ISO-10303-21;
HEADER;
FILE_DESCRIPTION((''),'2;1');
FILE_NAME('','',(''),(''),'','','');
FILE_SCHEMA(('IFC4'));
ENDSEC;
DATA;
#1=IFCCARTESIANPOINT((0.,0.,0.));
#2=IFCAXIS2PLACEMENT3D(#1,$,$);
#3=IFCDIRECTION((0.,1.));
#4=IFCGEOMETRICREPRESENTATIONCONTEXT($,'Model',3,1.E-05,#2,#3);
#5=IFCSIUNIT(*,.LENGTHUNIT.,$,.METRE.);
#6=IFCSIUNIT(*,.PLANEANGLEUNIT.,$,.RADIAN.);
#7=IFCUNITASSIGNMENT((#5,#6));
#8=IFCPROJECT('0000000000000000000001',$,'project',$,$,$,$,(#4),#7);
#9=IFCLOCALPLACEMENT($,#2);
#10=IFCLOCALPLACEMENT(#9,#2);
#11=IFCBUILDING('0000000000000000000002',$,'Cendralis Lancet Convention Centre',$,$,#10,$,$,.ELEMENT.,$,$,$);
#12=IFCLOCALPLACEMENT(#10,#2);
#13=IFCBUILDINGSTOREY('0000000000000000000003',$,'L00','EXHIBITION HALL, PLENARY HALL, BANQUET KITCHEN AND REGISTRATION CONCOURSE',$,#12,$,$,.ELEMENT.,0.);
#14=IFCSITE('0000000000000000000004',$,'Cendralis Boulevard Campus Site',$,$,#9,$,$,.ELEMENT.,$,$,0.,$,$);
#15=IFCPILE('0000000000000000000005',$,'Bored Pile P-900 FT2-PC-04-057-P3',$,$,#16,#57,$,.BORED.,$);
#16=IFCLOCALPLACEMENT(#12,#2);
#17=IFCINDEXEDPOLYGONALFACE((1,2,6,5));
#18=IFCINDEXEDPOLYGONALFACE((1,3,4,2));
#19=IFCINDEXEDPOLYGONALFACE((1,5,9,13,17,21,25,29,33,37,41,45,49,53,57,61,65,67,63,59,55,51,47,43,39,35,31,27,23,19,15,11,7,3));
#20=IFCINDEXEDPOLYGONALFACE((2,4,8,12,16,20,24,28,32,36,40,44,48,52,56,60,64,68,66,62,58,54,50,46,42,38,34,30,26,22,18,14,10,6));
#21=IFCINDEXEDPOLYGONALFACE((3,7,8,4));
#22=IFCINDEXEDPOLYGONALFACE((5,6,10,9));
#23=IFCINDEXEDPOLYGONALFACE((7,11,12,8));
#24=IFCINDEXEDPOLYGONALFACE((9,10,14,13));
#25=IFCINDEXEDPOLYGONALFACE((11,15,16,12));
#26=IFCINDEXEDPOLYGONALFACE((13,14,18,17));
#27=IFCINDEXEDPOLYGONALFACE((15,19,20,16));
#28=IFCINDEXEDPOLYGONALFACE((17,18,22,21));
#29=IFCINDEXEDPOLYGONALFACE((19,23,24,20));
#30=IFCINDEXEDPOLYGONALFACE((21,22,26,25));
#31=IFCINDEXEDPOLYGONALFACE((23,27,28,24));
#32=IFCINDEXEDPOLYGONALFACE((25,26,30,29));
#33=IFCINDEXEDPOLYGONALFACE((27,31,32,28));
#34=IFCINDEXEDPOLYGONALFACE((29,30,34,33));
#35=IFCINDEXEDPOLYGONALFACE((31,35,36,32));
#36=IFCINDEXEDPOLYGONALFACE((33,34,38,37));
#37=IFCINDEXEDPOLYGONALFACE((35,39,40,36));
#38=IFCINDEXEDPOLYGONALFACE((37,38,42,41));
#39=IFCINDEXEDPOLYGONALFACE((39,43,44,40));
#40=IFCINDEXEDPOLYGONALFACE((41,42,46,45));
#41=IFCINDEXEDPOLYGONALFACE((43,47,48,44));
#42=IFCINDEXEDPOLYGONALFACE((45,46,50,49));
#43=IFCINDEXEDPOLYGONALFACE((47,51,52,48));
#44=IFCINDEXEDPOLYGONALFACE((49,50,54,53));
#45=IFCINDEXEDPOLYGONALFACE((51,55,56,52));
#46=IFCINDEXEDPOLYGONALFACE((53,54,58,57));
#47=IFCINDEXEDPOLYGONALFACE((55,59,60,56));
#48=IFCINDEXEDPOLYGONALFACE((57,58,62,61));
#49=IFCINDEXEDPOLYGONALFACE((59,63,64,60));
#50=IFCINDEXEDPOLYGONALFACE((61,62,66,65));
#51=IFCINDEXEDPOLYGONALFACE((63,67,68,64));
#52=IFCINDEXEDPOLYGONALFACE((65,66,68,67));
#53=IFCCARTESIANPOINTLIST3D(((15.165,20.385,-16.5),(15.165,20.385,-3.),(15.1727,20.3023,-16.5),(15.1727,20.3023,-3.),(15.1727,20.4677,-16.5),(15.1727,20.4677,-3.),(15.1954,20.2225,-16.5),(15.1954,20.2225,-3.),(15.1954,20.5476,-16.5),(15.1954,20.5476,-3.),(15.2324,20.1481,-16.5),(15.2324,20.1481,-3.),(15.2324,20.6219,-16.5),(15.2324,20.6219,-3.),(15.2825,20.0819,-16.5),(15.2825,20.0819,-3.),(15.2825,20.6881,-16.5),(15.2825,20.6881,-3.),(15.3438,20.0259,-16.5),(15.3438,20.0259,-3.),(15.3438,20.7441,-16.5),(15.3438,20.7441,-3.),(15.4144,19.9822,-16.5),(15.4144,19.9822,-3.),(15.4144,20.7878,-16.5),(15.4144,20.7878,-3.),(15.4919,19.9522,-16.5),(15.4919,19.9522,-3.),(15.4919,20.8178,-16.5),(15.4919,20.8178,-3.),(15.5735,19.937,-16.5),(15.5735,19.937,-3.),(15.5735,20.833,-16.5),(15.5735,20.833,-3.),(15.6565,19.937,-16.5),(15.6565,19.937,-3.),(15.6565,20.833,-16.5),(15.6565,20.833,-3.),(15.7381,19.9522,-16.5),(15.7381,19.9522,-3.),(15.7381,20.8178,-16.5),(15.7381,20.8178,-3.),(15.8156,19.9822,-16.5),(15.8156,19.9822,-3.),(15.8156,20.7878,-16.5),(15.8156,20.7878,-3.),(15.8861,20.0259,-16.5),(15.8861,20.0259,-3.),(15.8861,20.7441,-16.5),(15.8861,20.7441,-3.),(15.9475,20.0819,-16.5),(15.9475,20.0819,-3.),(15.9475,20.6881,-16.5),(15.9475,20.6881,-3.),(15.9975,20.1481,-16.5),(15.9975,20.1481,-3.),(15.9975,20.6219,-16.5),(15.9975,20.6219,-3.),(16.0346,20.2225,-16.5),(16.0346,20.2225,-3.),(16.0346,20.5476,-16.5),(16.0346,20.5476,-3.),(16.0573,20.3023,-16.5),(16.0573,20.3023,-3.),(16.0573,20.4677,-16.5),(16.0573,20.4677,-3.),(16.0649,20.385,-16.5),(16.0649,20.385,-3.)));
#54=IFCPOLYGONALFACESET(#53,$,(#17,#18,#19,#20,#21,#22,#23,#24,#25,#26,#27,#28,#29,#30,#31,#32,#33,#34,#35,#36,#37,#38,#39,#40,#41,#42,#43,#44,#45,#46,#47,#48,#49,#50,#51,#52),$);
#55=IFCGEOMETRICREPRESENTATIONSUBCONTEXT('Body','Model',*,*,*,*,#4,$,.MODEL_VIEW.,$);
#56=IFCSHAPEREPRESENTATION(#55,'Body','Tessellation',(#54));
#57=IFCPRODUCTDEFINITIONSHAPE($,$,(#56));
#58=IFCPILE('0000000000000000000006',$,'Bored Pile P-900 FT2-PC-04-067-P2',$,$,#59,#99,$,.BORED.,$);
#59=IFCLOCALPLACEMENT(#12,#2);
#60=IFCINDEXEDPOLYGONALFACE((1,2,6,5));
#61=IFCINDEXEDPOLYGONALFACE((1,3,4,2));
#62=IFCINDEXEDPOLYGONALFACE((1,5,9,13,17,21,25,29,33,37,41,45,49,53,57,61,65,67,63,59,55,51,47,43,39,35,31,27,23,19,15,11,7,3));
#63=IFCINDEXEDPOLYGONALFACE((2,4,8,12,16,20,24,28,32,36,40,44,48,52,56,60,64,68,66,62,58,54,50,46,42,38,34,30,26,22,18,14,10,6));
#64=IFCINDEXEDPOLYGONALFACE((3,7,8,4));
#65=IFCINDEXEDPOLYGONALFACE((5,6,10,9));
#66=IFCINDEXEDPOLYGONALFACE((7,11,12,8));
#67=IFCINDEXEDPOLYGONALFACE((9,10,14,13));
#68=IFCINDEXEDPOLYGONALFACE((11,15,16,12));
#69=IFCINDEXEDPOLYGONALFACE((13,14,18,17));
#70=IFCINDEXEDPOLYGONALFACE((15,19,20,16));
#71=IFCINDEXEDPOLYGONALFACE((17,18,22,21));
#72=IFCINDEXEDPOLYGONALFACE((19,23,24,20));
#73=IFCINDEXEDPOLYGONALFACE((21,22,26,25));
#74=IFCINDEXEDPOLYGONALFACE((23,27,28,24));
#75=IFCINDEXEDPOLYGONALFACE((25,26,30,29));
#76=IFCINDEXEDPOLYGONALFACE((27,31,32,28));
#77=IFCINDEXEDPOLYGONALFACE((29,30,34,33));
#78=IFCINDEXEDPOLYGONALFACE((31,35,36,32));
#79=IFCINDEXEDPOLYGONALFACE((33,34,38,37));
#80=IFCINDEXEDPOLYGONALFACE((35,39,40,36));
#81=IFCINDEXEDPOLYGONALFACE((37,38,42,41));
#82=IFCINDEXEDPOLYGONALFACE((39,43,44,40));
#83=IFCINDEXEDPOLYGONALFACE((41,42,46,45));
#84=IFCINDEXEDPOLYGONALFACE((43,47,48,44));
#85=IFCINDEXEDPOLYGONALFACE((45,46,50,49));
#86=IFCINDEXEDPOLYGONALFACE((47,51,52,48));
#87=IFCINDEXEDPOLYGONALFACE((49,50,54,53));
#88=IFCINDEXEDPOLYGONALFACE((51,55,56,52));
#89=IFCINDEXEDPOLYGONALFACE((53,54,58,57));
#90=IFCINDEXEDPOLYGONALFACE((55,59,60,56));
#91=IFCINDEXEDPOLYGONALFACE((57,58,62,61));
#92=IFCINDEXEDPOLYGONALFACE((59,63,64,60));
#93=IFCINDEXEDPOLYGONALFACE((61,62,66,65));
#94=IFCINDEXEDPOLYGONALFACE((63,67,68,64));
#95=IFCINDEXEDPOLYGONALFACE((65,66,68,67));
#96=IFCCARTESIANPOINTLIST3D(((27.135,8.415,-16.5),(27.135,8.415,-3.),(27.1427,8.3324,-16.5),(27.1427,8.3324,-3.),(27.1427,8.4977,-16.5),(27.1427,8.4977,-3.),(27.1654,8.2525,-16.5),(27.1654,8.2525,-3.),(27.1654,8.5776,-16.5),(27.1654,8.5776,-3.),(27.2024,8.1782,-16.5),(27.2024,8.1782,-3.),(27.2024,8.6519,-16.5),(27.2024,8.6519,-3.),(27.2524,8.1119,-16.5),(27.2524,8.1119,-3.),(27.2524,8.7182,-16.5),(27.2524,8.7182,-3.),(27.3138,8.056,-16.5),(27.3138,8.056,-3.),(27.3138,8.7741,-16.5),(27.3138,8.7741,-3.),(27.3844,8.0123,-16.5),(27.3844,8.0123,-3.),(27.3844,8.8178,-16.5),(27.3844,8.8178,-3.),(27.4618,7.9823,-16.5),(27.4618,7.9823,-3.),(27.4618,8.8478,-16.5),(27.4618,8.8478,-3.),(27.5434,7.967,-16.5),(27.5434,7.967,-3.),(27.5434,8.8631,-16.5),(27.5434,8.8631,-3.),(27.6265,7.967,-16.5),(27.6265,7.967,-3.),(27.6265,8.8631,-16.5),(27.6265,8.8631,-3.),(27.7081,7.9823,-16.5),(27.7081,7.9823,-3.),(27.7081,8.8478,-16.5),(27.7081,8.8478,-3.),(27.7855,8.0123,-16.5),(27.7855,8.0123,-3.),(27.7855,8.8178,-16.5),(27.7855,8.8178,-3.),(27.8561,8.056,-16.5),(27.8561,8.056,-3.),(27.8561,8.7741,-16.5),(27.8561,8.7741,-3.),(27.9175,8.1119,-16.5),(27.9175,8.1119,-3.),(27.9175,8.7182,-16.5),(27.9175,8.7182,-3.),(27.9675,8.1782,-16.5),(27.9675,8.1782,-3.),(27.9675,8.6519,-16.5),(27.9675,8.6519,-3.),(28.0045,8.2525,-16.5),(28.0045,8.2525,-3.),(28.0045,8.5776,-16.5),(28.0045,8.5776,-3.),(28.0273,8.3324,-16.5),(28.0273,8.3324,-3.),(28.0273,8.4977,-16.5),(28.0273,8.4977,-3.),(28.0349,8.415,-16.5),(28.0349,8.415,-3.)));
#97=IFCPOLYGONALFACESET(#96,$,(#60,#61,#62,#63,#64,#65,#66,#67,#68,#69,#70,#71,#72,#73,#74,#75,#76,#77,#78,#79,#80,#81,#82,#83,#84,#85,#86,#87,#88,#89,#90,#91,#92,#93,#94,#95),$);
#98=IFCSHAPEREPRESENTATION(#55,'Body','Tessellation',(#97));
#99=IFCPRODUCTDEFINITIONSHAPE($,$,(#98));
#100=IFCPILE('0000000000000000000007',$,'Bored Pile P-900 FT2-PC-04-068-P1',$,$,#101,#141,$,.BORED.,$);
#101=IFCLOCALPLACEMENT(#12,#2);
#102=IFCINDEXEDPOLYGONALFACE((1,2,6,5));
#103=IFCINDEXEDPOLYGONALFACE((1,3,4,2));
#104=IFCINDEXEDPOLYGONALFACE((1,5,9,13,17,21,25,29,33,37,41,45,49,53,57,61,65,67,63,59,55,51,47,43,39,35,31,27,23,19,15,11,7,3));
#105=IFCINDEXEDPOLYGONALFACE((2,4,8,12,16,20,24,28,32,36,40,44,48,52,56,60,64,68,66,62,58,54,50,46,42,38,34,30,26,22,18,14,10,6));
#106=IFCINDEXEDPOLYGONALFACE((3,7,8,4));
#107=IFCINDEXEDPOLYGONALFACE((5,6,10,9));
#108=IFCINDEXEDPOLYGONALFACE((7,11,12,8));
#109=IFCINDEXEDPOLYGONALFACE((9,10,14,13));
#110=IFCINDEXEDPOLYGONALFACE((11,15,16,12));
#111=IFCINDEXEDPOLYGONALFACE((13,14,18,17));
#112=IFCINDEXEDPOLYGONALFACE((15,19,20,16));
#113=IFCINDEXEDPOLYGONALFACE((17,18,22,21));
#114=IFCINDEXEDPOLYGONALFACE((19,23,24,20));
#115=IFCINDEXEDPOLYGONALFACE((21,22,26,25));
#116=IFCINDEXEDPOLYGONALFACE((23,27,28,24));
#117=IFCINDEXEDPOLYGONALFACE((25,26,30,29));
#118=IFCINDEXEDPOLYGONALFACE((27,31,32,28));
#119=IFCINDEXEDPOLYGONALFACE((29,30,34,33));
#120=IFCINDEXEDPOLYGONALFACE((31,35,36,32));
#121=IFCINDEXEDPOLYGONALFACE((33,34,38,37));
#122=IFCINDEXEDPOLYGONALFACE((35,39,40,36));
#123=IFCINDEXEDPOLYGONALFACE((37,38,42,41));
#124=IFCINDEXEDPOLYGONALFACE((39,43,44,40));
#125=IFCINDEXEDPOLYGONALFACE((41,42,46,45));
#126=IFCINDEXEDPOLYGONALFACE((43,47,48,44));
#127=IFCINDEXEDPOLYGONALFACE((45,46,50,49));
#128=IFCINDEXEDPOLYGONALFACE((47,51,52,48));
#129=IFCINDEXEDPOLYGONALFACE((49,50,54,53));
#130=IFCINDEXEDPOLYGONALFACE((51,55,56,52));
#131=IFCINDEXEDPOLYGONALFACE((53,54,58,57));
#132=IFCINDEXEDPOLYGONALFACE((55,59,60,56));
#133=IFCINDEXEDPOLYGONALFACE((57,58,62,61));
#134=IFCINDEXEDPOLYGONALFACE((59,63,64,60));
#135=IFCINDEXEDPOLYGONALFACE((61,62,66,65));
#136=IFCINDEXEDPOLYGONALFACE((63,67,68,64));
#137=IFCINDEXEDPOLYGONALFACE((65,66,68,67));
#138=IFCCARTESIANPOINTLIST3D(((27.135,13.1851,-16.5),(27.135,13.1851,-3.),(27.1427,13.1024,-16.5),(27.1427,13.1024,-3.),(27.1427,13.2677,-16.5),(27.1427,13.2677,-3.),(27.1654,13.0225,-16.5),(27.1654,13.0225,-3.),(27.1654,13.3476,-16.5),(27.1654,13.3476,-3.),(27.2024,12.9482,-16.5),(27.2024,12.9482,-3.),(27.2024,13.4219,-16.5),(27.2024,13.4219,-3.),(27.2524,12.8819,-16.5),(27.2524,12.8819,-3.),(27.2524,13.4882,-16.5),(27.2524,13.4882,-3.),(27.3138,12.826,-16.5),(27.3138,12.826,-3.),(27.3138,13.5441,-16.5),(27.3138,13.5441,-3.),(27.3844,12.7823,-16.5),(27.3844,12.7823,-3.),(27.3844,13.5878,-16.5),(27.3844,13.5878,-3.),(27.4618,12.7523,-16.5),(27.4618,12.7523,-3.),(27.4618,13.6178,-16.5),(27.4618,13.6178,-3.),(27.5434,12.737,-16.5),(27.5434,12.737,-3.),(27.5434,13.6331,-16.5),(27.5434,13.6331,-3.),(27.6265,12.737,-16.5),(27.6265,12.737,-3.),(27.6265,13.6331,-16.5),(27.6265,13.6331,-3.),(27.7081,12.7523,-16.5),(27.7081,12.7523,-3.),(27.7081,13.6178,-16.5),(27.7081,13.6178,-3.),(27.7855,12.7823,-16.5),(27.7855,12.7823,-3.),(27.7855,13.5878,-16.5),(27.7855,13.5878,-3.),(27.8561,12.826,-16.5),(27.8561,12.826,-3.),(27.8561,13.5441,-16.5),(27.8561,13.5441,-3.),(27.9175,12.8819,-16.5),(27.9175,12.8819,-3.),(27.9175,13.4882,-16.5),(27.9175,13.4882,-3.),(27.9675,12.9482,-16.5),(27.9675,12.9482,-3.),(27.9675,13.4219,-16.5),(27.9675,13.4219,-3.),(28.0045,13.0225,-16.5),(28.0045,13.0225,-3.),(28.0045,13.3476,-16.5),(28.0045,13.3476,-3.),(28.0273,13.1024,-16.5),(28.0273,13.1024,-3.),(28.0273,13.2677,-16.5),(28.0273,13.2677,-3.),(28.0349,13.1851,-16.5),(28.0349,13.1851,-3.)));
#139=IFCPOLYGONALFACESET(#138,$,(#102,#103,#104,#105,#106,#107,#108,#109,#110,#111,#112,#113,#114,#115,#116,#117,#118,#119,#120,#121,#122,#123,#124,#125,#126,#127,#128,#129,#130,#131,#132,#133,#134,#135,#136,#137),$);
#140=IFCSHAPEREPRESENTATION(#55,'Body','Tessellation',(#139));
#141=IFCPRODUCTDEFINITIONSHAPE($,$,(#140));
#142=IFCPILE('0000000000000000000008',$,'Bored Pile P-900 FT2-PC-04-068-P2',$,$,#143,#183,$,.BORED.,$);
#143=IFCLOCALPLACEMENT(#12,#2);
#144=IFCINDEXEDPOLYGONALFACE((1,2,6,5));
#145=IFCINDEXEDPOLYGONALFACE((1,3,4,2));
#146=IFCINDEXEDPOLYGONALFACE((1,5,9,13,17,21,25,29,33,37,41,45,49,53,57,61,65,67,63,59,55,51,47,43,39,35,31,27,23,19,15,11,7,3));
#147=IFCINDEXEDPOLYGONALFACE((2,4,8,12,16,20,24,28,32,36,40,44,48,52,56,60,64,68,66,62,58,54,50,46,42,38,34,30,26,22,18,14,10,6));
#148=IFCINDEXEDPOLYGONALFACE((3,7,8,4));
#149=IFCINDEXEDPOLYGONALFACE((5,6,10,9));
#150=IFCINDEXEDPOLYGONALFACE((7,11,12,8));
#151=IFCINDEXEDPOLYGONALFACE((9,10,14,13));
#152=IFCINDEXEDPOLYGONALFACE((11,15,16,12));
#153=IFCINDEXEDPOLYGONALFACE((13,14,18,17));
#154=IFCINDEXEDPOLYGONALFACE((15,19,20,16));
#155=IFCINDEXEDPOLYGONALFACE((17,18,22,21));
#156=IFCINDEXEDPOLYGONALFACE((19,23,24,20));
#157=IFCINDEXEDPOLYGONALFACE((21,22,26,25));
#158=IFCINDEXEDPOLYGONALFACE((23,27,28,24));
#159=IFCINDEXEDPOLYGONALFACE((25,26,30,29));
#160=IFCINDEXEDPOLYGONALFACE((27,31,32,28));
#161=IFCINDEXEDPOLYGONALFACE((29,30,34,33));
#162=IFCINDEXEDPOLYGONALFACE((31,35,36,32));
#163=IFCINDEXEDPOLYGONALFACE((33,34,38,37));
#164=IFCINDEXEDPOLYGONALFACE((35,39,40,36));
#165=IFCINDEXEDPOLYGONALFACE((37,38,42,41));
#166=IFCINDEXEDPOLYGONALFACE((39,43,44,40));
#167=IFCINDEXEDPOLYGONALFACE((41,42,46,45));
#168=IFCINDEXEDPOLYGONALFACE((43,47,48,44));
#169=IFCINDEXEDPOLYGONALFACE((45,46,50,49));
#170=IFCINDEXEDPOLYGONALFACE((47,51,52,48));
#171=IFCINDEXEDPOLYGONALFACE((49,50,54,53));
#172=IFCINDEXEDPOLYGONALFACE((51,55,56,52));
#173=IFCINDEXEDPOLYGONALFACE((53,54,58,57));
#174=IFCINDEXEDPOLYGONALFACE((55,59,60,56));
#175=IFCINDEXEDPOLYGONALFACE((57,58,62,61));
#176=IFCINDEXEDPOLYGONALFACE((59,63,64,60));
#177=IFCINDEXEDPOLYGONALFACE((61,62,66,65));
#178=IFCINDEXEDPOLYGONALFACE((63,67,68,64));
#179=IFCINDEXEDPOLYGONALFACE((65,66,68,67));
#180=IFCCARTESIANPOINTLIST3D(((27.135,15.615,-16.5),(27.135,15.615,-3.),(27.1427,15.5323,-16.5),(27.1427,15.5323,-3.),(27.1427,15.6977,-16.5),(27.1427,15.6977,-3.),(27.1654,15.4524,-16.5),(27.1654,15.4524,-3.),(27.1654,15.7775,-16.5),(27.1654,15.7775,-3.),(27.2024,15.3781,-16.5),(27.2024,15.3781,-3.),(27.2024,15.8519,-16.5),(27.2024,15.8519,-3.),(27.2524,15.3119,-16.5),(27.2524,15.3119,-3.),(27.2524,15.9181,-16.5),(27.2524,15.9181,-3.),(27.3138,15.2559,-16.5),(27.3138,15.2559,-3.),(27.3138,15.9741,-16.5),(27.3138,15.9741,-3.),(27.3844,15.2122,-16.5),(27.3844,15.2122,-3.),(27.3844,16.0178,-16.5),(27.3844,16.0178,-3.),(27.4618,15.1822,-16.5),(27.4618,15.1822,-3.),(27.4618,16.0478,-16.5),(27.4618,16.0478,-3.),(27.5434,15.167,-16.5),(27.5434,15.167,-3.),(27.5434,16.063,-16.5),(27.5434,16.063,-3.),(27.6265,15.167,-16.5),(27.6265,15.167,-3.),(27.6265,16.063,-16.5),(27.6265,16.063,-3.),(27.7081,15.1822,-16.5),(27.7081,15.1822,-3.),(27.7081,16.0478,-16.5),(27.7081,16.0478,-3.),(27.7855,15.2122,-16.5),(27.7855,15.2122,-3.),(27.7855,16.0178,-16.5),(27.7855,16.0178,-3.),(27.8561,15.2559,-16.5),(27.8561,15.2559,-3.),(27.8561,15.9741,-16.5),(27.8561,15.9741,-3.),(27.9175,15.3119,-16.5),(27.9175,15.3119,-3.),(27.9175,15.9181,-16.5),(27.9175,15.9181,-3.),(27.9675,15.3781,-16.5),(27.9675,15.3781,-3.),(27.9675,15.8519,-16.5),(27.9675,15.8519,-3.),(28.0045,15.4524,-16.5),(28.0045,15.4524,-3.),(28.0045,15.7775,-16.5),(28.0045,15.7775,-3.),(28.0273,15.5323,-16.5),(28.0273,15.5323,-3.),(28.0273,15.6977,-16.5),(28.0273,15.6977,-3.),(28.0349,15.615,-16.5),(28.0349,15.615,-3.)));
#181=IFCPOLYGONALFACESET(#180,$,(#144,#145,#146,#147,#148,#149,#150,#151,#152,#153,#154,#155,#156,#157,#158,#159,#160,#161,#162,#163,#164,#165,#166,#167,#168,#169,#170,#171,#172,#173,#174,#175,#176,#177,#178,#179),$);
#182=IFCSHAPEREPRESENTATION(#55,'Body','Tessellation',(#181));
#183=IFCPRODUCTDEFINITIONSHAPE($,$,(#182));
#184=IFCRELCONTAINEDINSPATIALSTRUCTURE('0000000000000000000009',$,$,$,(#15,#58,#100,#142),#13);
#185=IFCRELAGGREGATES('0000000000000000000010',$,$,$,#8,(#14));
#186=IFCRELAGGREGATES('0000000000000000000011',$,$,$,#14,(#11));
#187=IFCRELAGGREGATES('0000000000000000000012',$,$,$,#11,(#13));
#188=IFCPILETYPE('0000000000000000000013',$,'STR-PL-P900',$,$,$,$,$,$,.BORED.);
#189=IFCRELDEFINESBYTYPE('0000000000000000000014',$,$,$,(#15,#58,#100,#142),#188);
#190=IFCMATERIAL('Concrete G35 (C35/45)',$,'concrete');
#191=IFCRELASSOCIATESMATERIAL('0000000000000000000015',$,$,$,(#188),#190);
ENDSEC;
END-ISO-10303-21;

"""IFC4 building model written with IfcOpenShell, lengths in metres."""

from ifc_helpers import new_model, si_unit, direction, frame, origin, origin_2d, place, context, subcontext, project, spatial, circle, extrude, material, material_profile, profile_set, type_object, element, save


model = new_model("IFC4")

# Units and contexts
model_context = context("Model", 3, precision=1e-05, world=origin(), true_north=direction((0.0, 1.0)))
body_context = subcontext(model_context, "Body", "Model", "MODEL_VIEW")
ifc_project = project(units=[si_unit("LENGTHUNIT", "METRE"), si_unit("PLANEANGLEUNIT", "RADIAN")], contexts=[model_context])

# Site, building, storey
site_placement = place(None, origin())
site = spatial("IfcSite", under=ifc_project, at=site_placement, Name="Cendralis Boulevard Campus Site", CompositionType="ELEMENT", RefElevation=0.0)
building_placement = place(site_placement, origin())
building = spatial("IfcBuilding", under=site, at=building_placement, Name="Cendralis Lancet Convention Centre", CompositionType="ELEMENT")
storey_placement = place(building_placement, origin())
storey = spatial("IfcBuildingStorey", under=building, at=storey_placement, Name="L00", Description="EXHIBITION HALL, PLENARY HALL, BANQUET KITCHEN AND REGISTRATION CONCOURSE", CompositionType="ELEMENT", Elevation=0.0)

# Shared definitions
ifc_material_1 = material(Name="Concrete G35 (C35/45)", Category="concrete")

# Piles
ifc_material_profile_1 = material_profile(ifc_material_1, circle(Radius=0.45, at=origin_2d()), Name="BORED PILE D900")
ifc_profile_set_1 = profile_set([ifc_material_profile_1], Name="Concrete G35 (C35/45)")
pile_type = type_object("IfcPileType", Name="STR-PL-P900", PredefinedType="BORED", material=ifc_profile_set_1)
for number, where, z_axis, x_axis, name in (
    (1, (15.615, 20.385, -3.0), (0.0, 0.0, -1.0), (1.0, 0.0, 0.0), "Bored Pile P-900 FT2-PC-04-057-P3"),
    (2, (27.585, 8.415, -3.0), (0.0, 0.0, -1.0), (1.0, 0.0, 0.0), "Bored Pile P-900 FT2-PC-04-067-P2"),
    (3, (27.585, 13.1851, -3.0), (0.0, 0.0, -1.0), (1.0, 0.0, 0.0), "Bored Pile P-900 FT2-PC-04-068-P1"),
    (4, (27.585, 15.615, -3.0), (0.0, 0.0, -1.0), (1.0, 0.0, 0.0), "Bored Pile P-900 FT2-PC-04-068-P2"),
):
    element("IfcPile", number, at=place(storey_placement, frame(where, z_axis=z_axis, x_axis=x_axis)), inside=storey, type_object=pile_type, Name=name, PredefinedType="BORED", context=body_context, shape_type="SweptSolid", body=[
        extrude(circle(Radius=0.45, at=origin_2d()), origin(), (0.0, 0.0, 1.0), 13.5),
    ])

save(model, "model.ifc")
